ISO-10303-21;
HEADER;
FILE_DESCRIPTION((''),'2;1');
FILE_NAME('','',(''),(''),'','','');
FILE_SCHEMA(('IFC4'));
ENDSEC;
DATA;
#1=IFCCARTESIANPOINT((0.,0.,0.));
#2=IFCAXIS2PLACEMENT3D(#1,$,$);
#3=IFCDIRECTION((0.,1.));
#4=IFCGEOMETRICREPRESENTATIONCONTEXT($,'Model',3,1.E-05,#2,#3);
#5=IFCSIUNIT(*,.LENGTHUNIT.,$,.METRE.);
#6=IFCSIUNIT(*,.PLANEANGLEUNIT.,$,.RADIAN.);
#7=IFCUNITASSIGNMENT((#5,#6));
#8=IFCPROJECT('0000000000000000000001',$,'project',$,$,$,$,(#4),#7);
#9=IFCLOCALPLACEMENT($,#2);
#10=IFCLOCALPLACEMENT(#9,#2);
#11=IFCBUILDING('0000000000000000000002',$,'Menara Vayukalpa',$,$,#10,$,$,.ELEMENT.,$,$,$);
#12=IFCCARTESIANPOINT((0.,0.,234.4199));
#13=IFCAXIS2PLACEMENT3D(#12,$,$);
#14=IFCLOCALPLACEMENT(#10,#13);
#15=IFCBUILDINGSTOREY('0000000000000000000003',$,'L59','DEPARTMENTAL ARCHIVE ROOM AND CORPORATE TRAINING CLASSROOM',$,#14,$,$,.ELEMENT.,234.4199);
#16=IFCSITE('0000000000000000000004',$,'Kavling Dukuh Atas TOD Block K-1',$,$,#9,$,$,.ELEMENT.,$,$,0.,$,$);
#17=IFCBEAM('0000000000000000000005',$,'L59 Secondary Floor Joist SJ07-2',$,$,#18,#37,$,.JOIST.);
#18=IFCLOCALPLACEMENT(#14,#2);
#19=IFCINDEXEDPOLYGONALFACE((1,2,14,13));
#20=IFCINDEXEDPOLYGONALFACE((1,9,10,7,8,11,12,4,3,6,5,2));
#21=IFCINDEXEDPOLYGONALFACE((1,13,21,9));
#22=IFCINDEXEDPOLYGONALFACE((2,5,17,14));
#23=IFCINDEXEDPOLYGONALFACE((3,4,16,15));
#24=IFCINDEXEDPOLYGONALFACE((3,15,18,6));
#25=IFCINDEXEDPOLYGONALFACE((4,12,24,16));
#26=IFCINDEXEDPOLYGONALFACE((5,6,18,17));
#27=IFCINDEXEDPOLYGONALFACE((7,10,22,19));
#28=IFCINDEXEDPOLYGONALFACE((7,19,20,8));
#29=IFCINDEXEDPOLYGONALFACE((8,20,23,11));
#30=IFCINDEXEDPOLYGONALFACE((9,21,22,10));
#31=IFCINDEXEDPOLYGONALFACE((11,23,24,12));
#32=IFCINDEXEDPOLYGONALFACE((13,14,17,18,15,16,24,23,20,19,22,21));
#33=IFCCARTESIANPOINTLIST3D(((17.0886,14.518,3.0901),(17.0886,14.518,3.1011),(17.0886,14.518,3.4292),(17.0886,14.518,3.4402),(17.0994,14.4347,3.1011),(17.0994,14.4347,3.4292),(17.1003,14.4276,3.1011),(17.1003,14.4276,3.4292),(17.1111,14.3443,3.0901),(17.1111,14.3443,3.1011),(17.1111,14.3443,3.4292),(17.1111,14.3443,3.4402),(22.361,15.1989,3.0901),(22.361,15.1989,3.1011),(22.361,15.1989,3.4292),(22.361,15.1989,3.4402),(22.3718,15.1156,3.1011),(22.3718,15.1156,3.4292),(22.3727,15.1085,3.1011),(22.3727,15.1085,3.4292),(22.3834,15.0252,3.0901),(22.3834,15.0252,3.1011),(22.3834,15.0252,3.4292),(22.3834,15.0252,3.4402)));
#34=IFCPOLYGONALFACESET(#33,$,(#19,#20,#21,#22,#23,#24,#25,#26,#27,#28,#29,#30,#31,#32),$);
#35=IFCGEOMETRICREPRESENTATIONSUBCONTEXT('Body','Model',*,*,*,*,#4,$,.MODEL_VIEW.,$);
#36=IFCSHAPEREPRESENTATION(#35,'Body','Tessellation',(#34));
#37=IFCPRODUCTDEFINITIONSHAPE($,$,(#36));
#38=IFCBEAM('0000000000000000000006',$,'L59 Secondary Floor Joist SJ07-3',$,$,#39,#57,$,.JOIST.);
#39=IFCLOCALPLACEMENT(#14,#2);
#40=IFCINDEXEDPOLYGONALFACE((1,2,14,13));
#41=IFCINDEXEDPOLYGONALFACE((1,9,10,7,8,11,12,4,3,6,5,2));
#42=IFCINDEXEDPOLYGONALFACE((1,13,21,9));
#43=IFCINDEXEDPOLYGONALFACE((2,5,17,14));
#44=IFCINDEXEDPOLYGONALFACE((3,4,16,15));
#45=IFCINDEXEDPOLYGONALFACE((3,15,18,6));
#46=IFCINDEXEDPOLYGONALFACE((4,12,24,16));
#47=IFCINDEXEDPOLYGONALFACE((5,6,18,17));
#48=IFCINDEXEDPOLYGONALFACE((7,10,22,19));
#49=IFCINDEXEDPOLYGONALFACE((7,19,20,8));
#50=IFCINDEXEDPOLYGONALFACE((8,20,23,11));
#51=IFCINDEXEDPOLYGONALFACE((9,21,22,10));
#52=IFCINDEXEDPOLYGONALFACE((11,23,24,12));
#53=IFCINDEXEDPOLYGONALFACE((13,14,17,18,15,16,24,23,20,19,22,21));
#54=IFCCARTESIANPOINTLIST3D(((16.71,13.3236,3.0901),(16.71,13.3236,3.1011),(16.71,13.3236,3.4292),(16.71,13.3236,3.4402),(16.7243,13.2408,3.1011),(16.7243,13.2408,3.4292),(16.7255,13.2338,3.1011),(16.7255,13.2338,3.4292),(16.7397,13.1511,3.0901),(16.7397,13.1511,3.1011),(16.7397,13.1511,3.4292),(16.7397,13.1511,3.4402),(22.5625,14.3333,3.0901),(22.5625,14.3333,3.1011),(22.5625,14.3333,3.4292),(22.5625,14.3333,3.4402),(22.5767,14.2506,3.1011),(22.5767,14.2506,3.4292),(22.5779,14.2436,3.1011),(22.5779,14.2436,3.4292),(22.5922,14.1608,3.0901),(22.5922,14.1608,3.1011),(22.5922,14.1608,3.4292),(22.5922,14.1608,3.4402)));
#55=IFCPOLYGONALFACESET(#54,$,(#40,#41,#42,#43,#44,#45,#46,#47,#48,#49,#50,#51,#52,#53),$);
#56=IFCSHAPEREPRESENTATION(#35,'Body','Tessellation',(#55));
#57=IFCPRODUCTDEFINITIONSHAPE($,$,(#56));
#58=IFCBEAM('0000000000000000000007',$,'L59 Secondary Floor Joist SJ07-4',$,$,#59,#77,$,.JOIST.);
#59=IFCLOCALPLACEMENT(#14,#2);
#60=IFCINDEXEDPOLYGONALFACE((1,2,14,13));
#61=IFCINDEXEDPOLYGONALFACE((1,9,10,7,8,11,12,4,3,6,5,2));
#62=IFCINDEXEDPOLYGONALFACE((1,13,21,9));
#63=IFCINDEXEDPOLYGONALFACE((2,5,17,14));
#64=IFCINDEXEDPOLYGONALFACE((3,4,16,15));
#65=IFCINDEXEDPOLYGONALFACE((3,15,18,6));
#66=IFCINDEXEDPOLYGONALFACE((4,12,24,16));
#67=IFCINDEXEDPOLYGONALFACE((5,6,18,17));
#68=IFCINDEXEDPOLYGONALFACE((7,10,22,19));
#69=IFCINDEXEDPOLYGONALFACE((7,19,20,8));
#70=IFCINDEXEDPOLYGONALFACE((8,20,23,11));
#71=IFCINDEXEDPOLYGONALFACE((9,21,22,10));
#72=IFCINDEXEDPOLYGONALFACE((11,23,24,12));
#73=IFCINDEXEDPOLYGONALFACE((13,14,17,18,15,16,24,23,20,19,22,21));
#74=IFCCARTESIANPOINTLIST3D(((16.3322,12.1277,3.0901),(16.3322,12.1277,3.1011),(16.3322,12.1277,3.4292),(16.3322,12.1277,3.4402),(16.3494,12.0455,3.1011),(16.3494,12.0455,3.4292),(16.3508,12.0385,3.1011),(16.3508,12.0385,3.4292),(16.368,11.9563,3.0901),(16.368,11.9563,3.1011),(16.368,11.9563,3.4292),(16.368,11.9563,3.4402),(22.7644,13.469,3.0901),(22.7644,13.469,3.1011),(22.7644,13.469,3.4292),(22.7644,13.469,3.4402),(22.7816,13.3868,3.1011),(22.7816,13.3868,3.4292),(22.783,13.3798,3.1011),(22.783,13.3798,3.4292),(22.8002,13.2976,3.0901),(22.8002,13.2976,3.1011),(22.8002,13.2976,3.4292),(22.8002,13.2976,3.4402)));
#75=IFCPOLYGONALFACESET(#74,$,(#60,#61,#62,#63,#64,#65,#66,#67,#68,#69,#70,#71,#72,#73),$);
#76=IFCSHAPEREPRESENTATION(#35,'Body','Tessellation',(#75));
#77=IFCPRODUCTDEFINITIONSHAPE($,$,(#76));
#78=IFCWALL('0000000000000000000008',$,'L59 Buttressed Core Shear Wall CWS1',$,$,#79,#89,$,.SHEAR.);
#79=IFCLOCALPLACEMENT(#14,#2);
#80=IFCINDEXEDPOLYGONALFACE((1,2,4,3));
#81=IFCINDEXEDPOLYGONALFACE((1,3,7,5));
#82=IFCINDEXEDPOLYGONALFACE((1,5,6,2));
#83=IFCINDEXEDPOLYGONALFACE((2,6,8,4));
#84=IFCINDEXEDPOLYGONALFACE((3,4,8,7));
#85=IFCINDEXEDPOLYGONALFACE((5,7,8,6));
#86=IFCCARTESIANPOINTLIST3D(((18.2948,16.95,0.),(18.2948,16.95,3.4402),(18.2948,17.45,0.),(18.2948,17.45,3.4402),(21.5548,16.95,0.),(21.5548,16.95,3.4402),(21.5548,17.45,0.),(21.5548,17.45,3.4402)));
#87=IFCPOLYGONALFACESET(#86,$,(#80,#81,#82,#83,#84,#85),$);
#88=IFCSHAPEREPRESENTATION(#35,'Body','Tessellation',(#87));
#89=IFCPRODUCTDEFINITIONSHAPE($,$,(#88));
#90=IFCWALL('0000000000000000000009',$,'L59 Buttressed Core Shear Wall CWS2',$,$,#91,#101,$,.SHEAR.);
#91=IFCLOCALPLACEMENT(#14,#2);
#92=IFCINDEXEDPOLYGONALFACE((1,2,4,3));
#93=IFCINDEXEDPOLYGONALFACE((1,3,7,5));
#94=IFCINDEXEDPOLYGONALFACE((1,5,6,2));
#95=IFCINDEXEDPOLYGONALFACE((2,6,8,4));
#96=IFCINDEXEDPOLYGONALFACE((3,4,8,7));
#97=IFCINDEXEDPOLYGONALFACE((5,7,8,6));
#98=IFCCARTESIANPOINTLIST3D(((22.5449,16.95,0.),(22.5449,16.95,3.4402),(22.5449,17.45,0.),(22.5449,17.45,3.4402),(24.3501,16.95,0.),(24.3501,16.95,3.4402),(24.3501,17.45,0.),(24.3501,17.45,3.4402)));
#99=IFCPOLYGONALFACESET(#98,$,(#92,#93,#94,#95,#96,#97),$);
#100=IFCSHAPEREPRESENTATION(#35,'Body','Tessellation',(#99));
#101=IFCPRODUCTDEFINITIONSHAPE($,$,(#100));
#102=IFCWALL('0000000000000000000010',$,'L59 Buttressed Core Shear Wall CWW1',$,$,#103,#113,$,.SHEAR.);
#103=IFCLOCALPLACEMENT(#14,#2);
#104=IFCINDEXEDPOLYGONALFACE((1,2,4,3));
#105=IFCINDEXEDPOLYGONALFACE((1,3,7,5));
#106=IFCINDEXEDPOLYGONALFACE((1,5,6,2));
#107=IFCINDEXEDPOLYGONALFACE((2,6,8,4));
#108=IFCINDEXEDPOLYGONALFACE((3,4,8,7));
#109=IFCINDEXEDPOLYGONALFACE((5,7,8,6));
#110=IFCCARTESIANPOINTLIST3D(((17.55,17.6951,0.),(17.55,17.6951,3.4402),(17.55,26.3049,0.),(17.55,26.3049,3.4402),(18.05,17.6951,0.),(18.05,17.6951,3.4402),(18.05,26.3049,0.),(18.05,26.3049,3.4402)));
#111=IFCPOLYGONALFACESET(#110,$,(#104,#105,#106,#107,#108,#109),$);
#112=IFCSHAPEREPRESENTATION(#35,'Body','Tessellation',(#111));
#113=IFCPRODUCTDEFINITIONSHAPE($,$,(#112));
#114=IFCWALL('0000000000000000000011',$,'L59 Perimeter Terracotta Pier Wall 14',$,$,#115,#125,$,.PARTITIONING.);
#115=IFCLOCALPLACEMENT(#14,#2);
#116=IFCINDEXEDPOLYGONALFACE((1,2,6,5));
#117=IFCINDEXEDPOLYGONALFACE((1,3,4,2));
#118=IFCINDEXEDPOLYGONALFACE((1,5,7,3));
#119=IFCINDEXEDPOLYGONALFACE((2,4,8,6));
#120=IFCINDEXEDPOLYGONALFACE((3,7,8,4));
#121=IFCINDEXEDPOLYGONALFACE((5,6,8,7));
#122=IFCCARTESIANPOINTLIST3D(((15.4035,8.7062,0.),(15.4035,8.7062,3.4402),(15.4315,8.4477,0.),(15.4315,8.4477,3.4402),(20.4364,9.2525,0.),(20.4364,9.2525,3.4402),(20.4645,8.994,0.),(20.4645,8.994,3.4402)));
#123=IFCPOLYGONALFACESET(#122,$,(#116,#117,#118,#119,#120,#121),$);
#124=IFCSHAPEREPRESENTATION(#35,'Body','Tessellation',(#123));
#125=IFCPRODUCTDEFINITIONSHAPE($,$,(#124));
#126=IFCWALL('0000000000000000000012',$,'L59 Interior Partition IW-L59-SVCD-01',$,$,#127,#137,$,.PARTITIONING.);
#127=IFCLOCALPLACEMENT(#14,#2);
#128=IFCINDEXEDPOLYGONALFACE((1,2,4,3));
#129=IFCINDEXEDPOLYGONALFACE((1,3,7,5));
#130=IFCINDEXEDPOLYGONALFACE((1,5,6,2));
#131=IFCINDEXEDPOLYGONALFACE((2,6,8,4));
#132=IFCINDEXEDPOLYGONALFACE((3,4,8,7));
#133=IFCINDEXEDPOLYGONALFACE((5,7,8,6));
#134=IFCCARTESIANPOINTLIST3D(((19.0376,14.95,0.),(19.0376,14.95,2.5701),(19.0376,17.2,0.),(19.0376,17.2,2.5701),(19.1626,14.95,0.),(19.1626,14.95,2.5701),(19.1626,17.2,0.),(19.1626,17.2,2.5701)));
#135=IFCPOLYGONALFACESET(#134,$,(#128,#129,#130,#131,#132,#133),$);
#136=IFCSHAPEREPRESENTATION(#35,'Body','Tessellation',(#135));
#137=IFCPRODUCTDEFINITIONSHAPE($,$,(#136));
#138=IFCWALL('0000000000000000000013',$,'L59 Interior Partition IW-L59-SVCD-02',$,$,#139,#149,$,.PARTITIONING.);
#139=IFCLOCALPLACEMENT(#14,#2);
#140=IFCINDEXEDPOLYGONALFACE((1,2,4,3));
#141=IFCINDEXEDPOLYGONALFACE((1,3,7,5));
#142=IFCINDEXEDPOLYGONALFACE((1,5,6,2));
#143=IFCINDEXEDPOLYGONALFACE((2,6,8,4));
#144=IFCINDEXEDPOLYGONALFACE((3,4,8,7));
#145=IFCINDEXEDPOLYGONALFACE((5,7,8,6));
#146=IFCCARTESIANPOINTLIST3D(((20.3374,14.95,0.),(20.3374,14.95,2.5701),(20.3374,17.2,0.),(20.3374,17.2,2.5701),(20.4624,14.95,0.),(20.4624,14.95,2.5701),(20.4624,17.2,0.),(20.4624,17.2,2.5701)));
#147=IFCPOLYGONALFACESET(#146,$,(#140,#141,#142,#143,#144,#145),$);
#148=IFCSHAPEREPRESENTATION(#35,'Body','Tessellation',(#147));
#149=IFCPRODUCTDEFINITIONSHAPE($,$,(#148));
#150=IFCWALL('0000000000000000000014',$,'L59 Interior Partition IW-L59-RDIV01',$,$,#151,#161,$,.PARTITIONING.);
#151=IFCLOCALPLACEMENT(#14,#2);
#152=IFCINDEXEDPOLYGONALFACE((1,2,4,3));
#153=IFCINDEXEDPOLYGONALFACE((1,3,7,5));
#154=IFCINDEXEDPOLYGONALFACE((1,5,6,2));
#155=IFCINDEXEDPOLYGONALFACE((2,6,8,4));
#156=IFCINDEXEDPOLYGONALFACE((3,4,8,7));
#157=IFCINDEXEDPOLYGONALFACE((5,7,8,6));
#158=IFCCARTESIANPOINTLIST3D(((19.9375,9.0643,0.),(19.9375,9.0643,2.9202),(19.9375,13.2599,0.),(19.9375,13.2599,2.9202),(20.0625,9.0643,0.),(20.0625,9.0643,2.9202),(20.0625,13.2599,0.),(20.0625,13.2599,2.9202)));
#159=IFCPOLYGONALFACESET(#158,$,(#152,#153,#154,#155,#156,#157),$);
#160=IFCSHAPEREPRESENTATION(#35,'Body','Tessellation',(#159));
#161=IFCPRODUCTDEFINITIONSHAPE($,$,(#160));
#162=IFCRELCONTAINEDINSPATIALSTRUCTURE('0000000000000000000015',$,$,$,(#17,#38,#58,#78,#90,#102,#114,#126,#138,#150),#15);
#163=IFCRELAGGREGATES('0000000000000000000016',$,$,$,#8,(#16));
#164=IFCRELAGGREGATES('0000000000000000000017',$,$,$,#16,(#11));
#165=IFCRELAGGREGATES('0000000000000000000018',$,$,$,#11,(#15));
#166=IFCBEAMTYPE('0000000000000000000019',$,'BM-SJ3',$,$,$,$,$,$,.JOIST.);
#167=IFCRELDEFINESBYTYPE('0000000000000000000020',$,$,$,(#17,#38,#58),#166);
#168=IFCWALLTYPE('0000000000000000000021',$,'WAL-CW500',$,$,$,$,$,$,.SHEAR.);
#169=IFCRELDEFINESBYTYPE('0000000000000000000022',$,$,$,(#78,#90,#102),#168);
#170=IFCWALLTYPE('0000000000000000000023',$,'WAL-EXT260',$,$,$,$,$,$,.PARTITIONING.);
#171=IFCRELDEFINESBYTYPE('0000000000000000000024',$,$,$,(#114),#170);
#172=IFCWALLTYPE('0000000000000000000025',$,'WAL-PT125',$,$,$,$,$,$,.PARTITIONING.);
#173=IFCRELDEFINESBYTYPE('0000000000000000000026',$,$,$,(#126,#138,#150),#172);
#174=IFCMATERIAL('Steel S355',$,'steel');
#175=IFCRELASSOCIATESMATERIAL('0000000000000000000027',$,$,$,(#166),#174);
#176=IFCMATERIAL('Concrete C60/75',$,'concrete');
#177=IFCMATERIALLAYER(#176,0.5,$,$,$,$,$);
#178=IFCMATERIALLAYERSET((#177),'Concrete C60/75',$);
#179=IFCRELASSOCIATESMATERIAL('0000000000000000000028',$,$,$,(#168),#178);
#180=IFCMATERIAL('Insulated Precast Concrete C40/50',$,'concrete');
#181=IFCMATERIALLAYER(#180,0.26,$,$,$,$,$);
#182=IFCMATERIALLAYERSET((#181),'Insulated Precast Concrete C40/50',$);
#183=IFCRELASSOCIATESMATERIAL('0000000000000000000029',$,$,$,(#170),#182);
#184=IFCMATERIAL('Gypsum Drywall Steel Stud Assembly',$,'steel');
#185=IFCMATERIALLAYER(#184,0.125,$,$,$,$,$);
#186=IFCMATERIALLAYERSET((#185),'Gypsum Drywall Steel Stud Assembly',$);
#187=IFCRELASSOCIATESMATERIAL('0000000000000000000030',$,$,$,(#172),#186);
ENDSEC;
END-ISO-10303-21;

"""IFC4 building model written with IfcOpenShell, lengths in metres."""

from ifc_helpers import new_model, si_unit, direction, frame, frame_2d, origin, origin_2d, place, context, subcontext, project, spatial, rectangle, i_section, extrude, material, layer, layer_set, material_profile, profile_set, type_object, element, save


model = new_model("IFC4")

# Units and contexts
model_context = context("Model", 3, precision=1e-05, world=origin(), true_north=direction((0.0, 1.0)))
body_context = subcontext(model_context, "Body", "Model", "MODEL_VIEW")
ifc_project = project(units=[si_unit("LENGTHUNIT", "METRE"), si_unit("PLANEANGLEUNIT", "RADIAN")], contexts=[model_context])

# Site, building, storey
site_placement = place(None, origin())
site = spatial("IfcSite", under=ifc_project, at=site_placement, Name="Kavling Dukuh Atas TOD Block K-1", CompositionType="ELEMENT", RefElevation=0.0)
building_placement = place(site_placement, origin())
building = spatial("IfcBuilding", under=site, at=building_placement, Name="Menara Vayukalpa", CompositionType="ELEMENT")
storey_placement = place(building_placement, frame((0.0, 0.0, 234.4199)))
storey = spatial("IfcBuildingStorey", under=building, at=storey_placement, Name="L59", Description="DEPARTMENTAL ARCHIVE ROOM AND CORPORATE TRAINING CLASSROOM", CompositionType="ELEMENT", Elevation=234.4199)

# Beams
ifc_material_1 = material(Name="Steel S355", Category="steel")
ifc_material_profile_1 = material_profile(ifc_material_1, i_section(OverallWidth=0.175, OverallDepth=0.3501, WebThickness=0.0071, FlangeThickness=0.011, at=origin_2d()), Name="WF 350x175x7x11")
ifc_profile_set_1 = profile_set([ifc_material_profile_1], Name="Steel S355")
beam_type_1 = type_object("IfcBeamType", Name="BM-SJ3", PredefinedType="JOIST", material=ifc_profile_set_1)
beam_1_placement = place(storey_placement, frame((17.0999, 14.4312, 3.2651), z_axis=(0.991764, 0.128081, 0.0), x_axis=(-0.128081, 0.991764, 0.0)))
element("IfcBeam", 1, at=beam_1_placement, inside=storey, type_object=beam_type_1, Name="L59 Secondary Floor Joist SJ07-2", PredefinedType="JOIST", context=body_context, shape_type="SweptSolid", body=[
    extrude(i_section(OverallWidth=0.175, OverallDepth=0.3501, WebThickness=0.0071, FlangeThickness=0.011, at=origin_2d()), origin(), (0.0, 0.0, 1.0), 5.3162),
])
beam_2_placement = place(storey_placement, frame((16.7249, 13.2373, 3.2651), z_axis=(0.98544, 0.170023, 0.0), x_axis=(-0.170023, 0.98544, 0.0)))
element("IfcBeam", 2, at=beam_2_placement, inside=storey, type_object=beam_type_1, Name="L59 Secondary Floor Joist SJ07-3", PredefinedType="JOIST", context=body_context, shape_type="SweptSolid", body=[
    extrude(i_section(OverallWidth=0.175, OverallDepth=0.3501, WebThickness=0.0071, FlangeThickness=0.011, at=origin_2d()), origin(), (0.0, 0.0, 1.0), 5.939),
])
beam_3_placement = place(storey_placement, frame((16.3501, 12.042, 3.2651), z_axis=(0.978941, 0.204141, 0.0), x_axis=(-0.204141, 0.978941, 0.0)))
element("IfcBeam", 3, at=beam_3_placement, inside=storey, type_object=beam_type_1, Name="L59 Secondary Floor Joist SJ07-4", PredefinedType="JOIST", context=body_context, shape_type="SweptSolid", body=[
    extrude(i_section(OverallWidth=0.175, OverallDepth=0.3501, WebThickness=0.0071, FlangeThickness=0.011, at=origin_2d()), origin(), (0.0, 0.0, 1.0), 6.5706),
])

# Walls
ifc_material_2 = material(Name="Concrete C60/75", Category="concrete")
ifc_layer_1 = layer(ifc_material_2, 0.5)
ifc_layer_set_1 = layer_set([ifc_layer_1], Name="Concrete C60/75")
wall_type_1 = type_object("IfcWallType", Name="WAL-CW500", PredefinedType="SHEAR", material=ifc_layer_set_1)
wall_1_placement = place(storey_placement, frame((18.2949, 17.2, 0.0), z_axis=(0.0, 0.0, 1.0), x_axis=(1.0, 0.0, 0.0)))
element("IfcWall", 4, at=wall_1_placement, inside=storey, type_object=wall_type_1, Name="L59 Buttressed Core Shear Wall CWS1", PredefinedType="SHEAR", context=body_context, shape_type="SweptSolid", body=[
    extrude(rectangle(XDim=3.26, YDim=0.5, at=frame_2d((1.6299, 0.0))), origin(), (0.0, 0.0, 1.0), 3.4402),
])
wall_2_placement = place(storey_placement, frame((22.5449, 17.2, 0.0), z_axis=(0.0, 0.0, 1.0), x_axis=(1.0, 0.0, 0.0)))
element("IfcWall", 5, at=wall_2_placement, inside=storey, type_object=wall_type_1, Name="L59 Buttressed Core Shear Wall CWS2", PredefinedType="SHEAR", context=body_context, shape_type="SweptSolid", body=[
    extrude(rectangle(XDim=1.8052, YDim=0.5, at=frame_2d((0.9026, 0.0))), origin(), (0.0, 0.0, 1.0), 3.4402),
])
wall_3_placement = place(storey_placement, frame((17.8, 17.6951, 0.0), z_axis=(0.0, 0.0, 1.0), x_axis=(0.0, 1.0, 0.0)))
element("IfcWall", 6, at=wall_3_placement, inside=storey, type_object=wall_type_1, Name="L59 Buttressed Core Shear Wall CWW1", PredefinedType="SHEAR", context=body_context, shape_type="SweptSolid", body=[
    extrude(rectangle(XDim=8.6099, YDim=0.5, at=frame_2d((4.3049, 0.0))), origin(), (0.0, 0.0, 1.0), 3.4402),
])
ifc_material_3 = material(Name="Insulated Precast Concrete C40/50", Category="concrete")
ifc_layer_2 = layer(ifc_material_3, 0.26)
ifc_layer_set_2 = layer_set([ifc_layer_2], Name="Insulated Precast Concrete C40/50")
wall_type_2 = type_object("IfcWallType", Name="WAL-EXT260", PredefinedType="PARTITIONING", material=ifc_layer_set_2)
wall_4_placement = place(storey_placement, frame((20.4504, 9.1233, 0.0), z_axis=(0.0, 0.0, 1.0), x_axis=(-0.994159, -0.107928, 0.0)))
element("IfcWall", 7, at=wall_4_placement, inside=storey, type_object=wall_type_2, Name="L59 Perimeter Terracotta Pier Wall 14", PredefinedType="PARTITIONING", context=body_context, shape_type="SweptSolid", body=[
    extrude(rectangle(XDim=5.0625, YDim=0.26, at=frame_2d((2.5312, 0.0))), origin(), (0.0, 0.0, 1.0), 3.4402),
])
ifc_material_4 = material(Name="Gypsum Drywall Steel Stud Assembly", Category="steel")
ifc_layer_3 = layer(ifc_material_4, 0.125)
ifc_layer_set_3 = layer_set([ifc_layer_3], Name="Gypsum Drywall Steel Stud Assembly")
wall_type_3 = type_object("IfcWallType", Name="WAL-PT125", PredefinedType="PARTITIONING", material=ifc_layer_set_3)
for number, where, z_axis, x_axis, name in (
    (8, (19.1001, 14.95, 0.0), (0.0, 0.0, 1.0), (0.0, 1.0, 0.0), "L59 Interior Partition IW-L59-SVCD-01"),
    (9, (20.3999, 14.95, 0.0), (0.0, 0.0, 1.0), (0.0, 1.0, 0.0), "L59 Interior Partition IW-L59-SVCD-02"),
):
    element("IfcWall", number, at=place(storey_placement, frame(where, z_axis=z_axis, x_axis=x_axis)), inside=storey, type_object=wall_type_3, Name=name, PredefinedType="PARTITIONING", context=body_context, shape_type="SweptSolid", body=[
        extrude(rectangle(XDim=2.25, YDim=0.125, at=frame_2d((1.125, 0.0))), origin(), (0.0, 0.0, 1.0), 2.5701),
    ])
wall_5_placement = place(storey_placement, frame((20.0, 9.0645, 0.0), z_axis=(0.0, 0.0, 1.0), x_axis=(0.0, 1.0, 0.0)))
element("IfcWall", 10, at=wall_5_placement, inside=storey, type_object=wall_type_3, Name="L59 Interior Partition IW-L59-RDIV01", PredefinedType="PARTITIONING", context=body_context, shape_type="SweptSolid", body=[
    extrude(rectangle(XDim=4.1956, YDim=0.125, at=frame_2d((2.0977, 0.0))), origin(), (0.0, 0.0, 1.0), 2.9202),
])

save(model, "model.ifc")
